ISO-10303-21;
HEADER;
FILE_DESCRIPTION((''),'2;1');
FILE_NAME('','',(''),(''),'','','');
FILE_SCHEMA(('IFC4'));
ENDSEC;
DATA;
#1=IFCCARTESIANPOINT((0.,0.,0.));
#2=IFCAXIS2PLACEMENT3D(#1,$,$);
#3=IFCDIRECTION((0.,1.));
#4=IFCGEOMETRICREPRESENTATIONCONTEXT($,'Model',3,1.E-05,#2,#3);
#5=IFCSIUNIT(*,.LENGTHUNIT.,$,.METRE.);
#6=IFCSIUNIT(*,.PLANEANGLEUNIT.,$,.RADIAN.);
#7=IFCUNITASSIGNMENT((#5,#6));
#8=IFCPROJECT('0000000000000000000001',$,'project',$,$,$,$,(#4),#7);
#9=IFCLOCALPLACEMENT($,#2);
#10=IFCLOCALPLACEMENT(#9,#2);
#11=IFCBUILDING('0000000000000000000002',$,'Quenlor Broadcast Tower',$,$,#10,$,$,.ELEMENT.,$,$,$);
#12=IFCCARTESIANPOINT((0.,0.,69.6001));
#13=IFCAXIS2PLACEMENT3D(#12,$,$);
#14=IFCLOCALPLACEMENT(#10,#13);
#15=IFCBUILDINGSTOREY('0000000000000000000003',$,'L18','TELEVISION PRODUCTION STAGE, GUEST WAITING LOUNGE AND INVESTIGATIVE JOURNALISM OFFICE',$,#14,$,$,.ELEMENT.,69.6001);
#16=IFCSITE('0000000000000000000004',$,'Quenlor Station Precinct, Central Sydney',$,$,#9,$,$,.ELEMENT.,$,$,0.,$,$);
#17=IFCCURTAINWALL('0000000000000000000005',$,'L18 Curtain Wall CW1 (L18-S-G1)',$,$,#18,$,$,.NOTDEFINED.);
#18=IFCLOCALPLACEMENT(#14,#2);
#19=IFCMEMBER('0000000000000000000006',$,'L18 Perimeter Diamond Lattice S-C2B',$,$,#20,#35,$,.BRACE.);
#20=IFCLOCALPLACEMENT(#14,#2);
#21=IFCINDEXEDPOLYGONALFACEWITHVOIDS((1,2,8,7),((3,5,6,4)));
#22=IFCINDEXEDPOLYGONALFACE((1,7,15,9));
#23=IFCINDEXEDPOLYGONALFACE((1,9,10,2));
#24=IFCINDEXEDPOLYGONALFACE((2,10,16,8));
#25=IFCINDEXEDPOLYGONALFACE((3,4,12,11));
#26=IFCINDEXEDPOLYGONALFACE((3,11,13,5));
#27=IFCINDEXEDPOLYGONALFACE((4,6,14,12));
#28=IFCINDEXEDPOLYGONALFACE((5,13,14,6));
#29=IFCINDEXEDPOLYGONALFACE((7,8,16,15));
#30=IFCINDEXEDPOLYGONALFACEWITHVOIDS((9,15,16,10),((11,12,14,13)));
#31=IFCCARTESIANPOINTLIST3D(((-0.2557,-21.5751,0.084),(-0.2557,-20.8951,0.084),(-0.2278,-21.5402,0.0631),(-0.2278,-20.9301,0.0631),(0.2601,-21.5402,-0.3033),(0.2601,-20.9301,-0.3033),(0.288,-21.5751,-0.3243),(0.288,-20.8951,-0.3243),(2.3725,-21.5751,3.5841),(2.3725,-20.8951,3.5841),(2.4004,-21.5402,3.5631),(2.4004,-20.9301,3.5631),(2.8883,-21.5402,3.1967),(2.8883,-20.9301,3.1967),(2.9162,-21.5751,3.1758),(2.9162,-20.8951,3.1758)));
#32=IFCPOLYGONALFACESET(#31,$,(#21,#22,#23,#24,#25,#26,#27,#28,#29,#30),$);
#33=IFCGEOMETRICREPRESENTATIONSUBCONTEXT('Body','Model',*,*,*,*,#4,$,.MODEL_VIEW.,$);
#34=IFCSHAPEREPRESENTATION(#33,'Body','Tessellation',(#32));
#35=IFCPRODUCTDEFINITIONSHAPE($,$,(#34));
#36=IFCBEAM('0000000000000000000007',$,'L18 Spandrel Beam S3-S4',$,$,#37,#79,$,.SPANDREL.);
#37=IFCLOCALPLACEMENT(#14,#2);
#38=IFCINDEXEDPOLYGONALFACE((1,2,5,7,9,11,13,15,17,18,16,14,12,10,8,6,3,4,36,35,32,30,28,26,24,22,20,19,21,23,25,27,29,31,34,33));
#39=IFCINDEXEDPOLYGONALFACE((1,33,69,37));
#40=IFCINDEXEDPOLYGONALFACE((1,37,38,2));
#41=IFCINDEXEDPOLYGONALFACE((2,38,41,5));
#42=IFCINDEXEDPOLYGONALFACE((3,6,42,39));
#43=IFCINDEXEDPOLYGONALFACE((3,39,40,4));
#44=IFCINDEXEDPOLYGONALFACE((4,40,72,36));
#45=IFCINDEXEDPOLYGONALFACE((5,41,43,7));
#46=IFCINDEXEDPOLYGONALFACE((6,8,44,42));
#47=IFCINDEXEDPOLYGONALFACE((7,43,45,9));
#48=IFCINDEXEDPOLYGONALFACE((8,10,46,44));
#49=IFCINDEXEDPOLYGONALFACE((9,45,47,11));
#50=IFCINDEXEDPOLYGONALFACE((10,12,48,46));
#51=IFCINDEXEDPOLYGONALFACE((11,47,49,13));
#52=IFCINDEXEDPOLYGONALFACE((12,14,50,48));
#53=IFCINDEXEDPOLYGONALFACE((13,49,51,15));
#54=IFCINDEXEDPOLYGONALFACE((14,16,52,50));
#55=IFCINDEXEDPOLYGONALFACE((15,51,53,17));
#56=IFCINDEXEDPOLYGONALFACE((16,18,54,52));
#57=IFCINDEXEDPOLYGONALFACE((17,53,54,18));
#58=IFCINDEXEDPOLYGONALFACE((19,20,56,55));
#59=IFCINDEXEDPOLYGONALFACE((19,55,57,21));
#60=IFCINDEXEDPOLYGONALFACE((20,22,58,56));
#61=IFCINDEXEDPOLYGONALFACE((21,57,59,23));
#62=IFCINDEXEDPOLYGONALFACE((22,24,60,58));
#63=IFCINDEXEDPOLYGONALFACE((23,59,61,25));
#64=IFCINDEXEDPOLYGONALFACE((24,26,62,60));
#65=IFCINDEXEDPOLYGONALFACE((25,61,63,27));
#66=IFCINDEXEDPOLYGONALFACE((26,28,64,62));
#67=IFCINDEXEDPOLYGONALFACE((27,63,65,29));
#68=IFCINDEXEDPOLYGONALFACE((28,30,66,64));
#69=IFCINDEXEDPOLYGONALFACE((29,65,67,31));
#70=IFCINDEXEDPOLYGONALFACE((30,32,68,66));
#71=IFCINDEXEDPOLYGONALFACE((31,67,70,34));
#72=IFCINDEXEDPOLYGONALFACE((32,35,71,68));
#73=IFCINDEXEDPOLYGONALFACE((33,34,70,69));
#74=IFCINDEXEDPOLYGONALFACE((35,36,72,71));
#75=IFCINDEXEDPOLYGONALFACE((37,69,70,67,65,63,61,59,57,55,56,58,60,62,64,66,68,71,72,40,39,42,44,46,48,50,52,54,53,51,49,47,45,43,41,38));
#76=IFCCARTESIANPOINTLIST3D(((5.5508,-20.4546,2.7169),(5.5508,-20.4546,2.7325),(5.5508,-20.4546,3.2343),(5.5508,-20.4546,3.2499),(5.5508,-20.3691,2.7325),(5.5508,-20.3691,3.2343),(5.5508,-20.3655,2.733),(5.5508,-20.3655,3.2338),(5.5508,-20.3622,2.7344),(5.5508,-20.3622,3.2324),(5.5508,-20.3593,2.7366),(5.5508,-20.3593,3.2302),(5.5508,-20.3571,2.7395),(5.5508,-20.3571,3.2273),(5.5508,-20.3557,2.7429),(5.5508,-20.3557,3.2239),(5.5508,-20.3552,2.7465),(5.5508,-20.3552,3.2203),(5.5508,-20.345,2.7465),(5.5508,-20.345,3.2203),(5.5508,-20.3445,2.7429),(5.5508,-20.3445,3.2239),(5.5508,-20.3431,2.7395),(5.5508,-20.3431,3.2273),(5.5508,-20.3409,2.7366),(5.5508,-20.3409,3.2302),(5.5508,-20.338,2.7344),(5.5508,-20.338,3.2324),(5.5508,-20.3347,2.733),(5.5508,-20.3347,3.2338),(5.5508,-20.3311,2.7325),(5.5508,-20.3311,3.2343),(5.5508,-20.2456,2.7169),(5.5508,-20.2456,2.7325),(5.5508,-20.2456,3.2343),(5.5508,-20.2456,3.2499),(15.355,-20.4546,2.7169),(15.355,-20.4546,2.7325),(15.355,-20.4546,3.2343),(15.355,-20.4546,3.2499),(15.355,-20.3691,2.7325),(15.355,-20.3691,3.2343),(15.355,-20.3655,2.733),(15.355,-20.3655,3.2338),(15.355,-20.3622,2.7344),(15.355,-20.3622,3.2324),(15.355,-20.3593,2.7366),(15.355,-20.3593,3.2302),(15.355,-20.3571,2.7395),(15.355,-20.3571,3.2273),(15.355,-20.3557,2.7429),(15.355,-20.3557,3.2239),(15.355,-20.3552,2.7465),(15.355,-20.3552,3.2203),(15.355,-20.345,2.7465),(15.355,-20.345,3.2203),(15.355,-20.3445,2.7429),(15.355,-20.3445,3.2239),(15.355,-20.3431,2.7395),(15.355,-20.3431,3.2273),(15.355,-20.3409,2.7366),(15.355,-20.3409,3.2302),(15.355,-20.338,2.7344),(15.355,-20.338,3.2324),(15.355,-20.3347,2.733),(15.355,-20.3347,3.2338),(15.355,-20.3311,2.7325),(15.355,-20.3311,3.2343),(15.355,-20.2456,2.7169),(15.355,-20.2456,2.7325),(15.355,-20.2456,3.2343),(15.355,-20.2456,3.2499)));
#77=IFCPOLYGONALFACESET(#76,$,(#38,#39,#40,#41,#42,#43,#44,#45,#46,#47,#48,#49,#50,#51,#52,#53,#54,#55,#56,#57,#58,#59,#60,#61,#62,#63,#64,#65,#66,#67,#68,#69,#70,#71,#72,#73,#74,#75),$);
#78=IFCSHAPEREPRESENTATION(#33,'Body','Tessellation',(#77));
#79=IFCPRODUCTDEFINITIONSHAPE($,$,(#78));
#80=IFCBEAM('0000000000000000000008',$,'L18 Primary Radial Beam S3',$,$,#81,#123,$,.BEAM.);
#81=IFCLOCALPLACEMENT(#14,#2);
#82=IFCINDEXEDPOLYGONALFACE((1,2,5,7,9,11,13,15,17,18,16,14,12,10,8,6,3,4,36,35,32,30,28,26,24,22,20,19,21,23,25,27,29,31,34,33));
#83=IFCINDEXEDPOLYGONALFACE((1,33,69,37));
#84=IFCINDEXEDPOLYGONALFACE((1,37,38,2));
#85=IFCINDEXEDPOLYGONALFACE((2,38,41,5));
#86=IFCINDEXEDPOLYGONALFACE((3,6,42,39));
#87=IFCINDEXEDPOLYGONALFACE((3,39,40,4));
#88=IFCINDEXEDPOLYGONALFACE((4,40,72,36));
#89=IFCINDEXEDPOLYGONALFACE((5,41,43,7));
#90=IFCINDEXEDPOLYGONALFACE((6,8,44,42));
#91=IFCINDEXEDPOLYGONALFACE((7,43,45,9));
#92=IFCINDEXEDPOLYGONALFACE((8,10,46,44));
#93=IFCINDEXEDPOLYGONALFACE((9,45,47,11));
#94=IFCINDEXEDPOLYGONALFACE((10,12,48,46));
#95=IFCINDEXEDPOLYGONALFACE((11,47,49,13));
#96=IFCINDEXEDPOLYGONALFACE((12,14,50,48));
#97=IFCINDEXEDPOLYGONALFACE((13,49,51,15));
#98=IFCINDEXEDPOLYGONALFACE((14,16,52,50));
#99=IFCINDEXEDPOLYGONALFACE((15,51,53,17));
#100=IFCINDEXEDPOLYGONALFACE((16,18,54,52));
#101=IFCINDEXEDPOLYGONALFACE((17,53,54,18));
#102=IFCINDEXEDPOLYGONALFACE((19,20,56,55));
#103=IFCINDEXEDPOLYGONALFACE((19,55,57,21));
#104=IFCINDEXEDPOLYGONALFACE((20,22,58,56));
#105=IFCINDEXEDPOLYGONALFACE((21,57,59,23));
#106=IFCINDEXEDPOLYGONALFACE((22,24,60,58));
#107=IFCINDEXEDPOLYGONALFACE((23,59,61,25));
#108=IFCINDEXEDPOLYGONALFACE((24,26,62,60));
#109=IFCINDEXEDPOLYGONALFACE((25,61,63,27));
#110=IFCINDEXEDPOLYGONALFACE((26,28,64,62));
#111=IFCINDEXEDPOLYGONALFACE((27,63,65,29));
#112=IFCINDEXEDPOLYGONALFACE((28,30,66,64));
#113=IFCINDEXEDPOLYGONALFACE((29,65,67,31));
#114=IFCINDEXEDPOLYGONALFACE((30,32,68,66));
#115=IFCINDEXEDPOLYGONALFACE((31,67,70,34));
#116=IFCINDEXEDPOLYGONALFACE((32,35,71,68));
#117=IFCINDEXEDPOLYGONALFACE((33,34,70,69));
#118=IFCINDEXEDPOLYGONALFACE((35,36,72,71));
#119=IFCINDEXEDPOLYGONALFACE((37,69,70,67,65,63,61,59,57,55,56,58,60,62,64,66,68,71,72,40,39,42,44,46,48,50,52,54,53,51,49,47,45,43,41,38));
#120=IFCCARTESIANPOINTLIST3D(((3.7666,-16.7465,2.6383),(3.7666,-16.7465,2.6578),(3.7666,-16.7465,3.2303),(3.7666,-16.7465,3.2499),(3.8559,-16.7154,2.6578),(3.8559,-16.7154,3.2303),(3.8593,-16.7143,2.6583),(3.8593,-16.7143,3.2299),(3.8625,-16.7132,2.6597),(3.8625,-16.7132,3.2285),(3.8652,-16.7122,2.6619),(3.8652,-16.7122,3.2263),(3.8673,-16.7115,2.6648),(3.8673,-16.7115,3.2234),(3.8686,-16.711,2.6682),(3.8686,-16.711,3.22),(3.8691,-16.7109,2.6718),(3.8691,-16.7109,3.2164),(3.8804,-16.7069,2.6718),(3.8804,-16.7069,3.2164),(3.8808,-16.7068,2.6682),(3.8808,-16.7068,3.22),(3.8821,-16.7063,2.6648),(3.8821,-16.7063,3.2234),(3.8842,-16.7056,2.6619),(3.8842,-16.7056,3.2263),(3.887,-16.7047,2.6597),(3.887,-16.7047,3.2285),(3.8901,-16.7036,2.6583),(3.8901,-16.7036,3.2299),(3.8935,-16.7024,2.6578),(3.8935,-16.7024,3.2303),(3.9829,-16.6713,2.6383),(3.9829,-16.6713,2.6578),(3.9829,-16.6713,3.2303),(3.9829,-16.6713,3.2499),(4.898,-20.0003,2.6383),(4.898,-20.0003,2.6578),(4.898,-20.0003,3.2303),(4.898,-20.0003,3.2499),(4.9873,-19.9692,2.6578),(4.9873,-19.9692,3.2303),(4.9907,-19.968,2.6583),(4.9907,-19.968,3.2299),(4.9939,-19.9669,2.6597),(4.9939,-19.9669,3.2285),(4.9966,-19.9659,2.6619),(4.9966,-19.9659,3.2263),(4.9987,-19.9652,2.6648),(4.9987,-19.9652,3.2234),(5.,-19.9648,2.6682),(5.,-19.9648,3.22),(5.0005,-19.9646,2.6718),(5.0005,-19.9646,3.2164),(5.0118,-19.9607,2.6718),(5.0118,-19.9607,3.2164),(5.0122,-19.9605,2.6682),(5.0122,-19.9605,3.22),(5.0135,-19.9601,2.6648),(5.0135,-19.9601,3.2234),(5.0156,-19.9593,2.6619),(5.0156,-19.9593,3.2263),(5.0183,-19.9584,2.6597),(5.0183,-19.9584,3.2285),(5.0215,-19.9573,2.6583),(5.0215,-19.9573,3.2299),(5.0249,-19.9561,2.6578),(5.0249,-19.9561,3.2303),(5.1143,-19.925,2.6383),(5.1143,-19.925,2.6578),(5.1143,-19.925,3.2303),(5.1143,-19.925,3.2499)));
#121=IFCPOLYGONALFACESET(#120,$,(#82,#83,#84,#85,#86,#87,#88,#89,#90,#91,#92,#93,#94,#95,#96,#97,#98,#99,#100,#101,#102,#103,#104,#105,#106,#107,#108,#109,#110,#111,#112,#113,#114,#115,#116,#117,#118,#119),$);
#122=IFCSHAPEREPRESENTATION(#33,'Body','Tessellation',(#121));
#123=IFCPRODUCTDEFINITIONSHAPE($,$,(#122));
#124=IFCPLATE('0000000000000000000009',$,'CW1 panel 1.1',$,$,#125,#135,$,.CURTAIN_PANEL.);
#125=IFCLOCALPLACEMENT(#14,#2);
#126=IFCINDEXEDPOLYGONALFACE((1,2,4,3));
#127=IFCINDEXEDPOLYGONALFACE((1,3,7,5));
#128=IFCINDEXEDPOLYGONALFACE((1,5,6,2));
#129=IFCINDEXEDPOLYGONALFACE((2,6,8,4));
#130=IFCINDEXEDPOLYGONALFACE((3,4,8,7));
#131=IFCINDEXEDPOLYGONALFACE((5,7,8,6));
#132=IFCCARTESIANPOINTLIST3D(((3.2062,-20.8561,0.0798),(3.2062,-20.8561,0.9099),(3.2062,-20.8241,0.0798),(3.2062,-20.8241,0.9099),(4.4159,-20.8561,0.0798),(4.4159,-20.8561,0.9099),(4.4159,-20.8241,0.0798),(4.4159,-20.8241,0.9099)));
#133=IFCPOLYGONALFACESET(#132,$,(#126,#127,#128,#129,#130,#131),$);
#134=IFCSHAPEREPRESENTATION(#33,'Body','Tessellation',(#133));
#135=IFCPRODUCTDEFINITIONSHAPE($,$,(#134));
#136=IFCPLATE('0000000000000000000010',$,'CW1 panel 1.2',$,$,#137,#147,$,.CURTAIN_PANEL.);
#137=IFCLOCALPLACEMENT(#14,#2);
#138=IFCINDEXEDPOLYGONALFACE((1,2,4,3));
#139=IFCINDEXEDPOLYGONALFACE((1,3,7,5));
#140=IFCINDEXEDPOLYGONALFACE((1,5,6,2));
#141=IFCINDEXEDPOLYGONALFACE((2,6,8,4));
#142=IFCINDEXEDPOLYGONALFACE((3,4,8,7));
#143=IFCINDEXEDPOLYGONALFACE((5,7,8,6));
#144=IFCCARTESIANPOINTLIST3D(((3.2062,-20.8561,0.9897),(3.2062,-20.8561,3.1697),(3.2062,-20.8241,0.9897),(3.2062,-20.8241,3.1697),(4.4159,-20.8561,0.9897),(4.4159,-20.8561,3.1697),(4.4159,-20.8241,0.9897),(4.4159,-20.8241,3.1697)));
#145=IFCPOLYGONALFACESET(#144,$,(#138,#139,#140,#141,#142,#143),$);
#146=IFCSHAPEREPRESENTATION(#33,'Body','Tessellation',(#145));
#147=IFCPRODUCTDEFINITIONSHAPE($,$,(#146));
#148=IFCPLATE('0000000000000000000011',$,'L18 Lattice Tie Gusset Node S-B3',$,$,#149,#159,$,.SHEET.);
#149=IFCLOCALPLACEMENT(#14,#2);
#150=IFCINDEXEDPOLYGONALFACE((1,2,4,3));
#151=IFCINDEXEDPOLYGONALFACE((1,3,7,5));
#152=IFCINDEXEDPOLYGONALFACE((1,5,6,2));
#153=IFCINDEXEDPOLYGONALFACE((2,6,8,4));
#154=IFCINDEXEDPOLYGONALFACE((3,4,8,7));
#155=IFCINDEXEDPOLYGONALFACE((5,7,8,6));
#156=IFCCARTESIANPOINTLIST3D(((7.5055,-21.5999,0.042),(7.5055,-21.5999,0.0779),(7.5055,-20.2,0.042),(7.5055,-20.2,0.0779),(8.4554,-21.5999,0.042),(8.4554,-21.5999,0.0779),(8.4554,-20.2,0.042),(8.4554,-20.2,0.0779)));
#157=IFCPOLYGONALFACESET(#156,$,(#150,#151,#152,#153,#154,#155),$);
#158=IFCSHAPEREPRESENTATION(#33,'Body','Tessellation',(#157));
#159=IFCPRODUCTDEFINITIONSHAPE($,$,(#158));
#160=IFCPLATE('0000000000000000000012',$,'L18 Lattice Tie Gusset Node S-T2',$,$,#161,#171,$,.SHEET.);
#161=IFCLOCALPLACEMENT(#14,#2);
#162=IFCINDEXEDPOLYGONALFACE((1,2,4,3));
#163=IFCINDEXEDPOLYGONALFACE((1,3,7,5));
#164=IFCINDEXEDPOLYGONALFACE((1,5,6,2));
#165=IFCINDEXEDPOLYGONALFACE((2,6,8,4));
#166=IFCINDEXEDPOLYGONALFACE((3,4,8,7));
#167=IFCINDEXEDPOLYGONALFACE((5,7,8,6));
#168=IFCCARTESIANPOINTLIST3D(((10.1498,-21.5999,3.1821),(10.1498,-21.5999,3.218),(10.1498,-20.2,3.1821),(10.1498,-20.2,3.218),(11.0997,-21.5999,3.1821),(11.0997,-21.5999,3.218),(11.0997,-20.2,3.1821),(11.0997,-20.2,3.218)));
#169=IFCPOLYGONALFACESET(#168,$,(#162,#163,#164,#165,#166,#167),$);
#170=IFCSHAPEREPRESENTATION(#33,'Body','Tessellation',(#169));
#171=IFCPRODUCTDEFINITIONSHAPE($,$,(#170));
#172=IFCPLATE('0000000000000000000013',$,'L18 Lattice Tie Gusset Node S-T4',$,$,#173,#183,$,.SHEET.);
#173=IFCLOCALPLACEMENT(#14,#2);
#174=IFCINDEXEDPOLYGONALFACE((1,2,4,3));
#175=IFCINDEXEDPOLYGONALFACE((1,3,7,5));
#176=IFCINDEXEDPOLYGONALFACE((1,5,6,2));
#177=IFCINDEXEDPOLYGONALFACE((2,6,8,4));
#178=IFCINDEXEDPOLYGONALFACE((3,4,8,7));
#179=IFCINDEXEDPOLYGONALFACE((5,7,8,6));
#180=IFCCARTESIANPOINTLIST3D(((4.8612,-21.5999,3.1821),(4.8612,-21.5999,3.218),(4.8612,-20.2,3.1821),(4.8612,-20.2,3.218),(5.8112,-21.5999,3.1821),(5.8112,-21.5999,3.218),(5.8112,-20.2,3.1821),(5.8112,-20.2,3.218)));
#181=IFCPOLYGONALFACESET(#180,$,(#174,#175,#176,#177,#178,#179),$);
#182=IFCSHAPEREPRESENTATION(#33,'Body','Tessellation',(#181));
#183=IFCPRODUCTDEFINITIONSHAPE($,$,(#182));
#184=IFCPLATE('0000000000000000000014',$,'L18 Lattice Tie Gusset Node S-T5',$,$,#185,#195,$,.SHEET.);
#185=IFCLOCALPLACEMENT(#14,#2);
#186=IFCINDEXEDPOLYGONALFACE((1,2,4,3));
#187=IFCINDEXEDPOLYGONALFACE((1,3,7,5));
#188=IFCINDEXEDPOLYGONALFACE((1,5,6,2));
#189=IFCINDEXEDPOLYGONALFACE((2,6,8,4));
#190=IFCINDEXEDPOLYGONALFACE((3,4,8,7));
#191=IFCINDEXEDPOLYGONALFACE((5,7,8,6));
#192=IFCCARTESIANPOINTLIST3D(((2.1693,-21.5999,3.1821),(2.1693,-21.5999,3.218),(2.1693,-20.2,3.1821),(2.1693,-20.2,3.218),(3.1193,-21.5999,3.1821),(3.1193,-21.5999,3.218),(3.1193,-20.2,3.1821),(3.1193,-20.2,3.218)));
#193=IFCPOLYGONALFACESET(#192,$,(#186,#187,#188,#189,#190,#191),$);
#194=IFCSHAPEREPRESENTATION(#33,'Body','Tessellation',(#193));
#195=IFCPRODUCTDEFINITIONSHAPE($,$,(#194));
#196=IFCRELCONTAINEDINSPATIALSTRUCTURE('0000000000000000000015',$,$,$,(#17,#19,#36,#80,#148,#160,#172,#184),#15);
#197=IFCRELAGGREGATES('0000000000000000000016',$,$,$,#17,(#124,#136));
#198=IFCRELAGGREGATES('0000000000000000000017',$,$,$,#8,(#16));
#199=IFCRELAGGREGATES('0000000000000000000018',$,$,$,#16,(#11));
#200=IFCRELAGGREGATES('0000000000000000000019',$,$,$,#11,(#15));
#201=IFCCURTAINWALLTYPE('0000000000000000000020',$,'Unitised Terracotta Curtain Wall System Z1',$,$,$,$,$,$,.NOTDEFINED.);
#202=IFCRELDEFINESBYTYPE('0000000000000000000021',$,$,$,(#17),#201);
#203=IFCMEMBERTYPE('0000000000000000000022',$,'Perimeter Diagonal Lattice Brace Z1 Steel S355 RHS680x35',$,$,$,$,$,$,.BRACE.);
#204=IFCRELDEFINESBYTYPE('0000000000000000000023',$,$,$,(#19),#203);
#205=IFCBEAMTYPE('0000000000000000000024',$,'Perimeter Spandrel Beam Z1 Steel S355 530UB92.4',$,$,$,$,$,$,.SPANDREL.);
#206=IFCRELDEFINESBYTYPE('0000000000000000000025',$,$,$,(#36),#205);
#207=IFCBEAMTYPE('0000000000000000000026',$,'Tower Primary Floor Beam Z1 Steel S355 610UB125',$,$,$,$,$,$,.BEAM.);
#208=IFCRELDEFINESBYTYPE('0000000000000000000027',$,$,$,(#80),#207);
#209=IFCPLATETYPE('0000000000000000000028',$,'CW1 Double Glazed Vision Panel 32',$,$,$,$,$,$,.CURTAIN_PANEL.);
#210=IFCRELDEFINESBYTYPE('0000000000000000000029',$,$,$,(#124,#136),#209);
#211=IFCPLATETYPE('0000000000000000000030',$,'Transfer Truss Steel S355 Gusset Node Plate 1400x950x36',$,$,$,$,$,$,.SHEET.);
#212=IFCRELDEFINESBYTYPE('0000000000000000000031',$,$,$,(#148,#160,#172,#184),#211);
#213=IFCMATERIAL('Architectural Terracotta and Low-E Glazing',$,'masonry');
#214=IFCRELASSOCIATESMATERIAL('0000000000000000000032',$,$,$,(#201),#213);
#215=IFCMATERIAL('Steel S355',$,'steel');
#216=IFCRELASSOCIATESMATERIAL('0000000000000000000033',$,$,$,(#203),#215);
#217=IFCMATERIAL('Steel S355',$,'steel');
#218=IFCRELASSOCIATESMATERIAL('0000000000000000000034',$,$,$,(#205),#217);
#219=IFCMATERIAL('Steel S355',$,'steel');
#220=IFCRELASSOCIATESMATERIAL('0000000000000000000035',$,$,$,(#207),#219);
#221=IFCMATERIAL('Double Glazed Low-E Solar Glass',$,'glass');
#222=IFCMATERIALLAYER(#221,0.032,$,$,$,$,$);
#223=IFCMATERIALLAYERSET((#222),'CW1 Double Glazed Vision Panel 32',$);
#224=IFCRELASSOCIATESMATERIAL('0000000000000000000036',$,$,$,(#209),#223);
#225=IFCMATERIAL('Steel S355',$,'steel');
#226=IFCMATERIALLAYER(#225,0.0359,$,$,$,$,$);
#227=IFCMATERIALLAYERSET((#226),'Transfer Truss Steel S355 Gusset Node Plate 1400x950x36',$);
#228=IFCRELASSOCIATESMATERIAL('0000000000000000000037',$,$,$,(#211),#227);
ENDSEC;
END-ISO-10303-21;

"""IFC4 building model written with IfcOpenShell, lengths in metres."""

from ifc_helpers import new_model, si_unit, direction, frame, origin, origin_2d, place, context, subcontext, project, spatial, rectangle, hollow_rectangle, i_section, extrude, material, layer, layer_set, material_profile, profile_set, type_object, element, aggregate, save


model = new_model("IFC4")

# Units and contexts
model_context = context("Model", 3, precision=1e-05, world=origin(), true_north=direction((0.0, 1.0)))
body_context = subcontext(model_context, "Body", "Model", "MODEL_VIEW")
ifc_project = project(units=[si_unit("LENGTHUNIT", "METRE"), si_unit("PLANEANGLEUNIT", "RADIAN")], contexts=[model_context])

# Site, building, storey
site_placement = place(None, origin())
site = spatial("IfcSite", under=ifc_project, at=site_placement, Name="Quenlor Station Precinct, Central Sydney", CompositionType="ELEMENT", RefElevation=0.0)
building_placement = place(site_placement, origin())
building = spatial("IfcBuilding", under=site, at=building_placement, Name="Quenlor Broadcast Tower", CompositionType="ELEMENT")
storey_placement = place(building_placement, frame((0.0, 0.0, 69.6001)))
storey = spatial("IfcBuildingStorey", under=building, at=storey_placement, Name="L18", Description="TELEVISION PRODUCTION STAGE, GUEST WAITING LOUNGE AND INVESTIGATIVE JOURNALISM OFFICE", CompositionType="ELEMENT", Elevation=69.6001)

# Curtain wall
ifc_material_1 = material(Name="Architectural Terracotta and Low-E Glazing", Category="masonry")
curtain_wall_type = type_object("IfcCurtainWallType", Name="Unitised Terracotta Curtain Wall System Z1", PredefinedType="NOTDEFINED", material=ifc_material_1)
curtain_wall_placement = place(storey_placement, origin())
curtain_wall = element("IfcCurtainWall", 1, at=curtain_wall_placement, inside=storey, type_object=curtain_wall_type, Name="L18 Curtain Wall CW1 (L18-S-G1)", PredefinedType="NOTDEFINED")

# Member
ifc_material_2 = material(Name="Steel S355", Category="steel")
ifc_material_profile_1 = material_profile(ifc_material_2, hollow_rectangle(XDim=0.6799, YDim=0.6799, WallThickness=0.0349, at=origin_2d()))
ifc_profile_set_1 = profile_set([ifc_material_profile_1], Name="Steel S355 RHS680x680x35")
member_type_1 = type_object("IfcMemberType", Name="Perimeter Diagonal Lattice Brace Z1 Steel S355 RHS680x35", PredefinedType="BRACE", material=ifc_profile_set_1)
for number, where, z_axis, x_axis, name in (
    (2, (0.0161, -21.2351, -0.1201), (0.600464, 0.0, 0.799652), (0.0, 1.0, 0.0), "L18 Perimeter Diamond Lattice S-C2B"),
):
    element("IfcMember", number, at=place(storey_placement, frame(where, z_axis=z_axis, x_axis=x_axis)), inside=storey, type_object=member_type_1, Name=name, PredefinedType="BRACE", context=body_context, shape_type="SweptSolid", body=[
        extrude(hollow_rectangle(XDim=0.6799, YDim=0.6799, WallThickness=0.0349, at=origin_2d()), origin(), (0.0, 0.0, 1.0), 4.377),
    ])

# Beams
ifc_material_3 = material(Name="Steel S355", Category="steel")
ifc_material_profile_2 = material_profile(ifc_material_3, i_section(OverallWidth=0.209, OverallDepth=0.533, WebThickness=0.0103, FlangeThickness=0.0156, FilletRadius=0.0139, at=origin_2d()))
ifc_profile_set_2 = profile_set([ifc_material_profile_2], Name="Steel S355 530UB92.4")
beam_type_1 = type_object("IfcBeamType", Name="Perimeter Spandrel Beam Z1 Steel S355 530UB92.4", PredefinedType="SPANDREL", material=ifc_profile_set_2)
beam_1_placement = place(storey_placement, frame((5.5508, -20.3501, 2.9834), z_axis=(1.0, 0.0, 0.0), x_axis=(0.0, 1.0, 0.0)))
element("IfcBeam", 3, at=beam_1_placement, inside=storey, type_object=beam_type_1, Name="L18 Spandrel Beam S3-S4", PredefinedType="SPANDREL", context=body_context, shape_type="SweptSolid", body=[
    extrude(i_section(OverallWidth=0.209, OverallDepth=0.533, WebThickness=0.0103, FlangeThickness=0.0156, FilletRadius=0.0139, at=origin_2d()), origin(), (0.0, 0.0, 1.0), 9.8042),
])
ifc_material_4 = material(Name="Steel S355", Category="steel")
ifc_material_profile_3 = material_profile(ifc_material_4, i_section(OverallWidth=0.229, OverallDepth=0.6116, WebThickness=0.012, FlangeThickness=0.0195, FilletRadius=0.0139, at=origin_2d()))
ifc_profile_set_3 = profile_set([ifc_material_profile_3], Name="Steel S355 610UB125")
beam_type_2 = type_object("IfcBeamType", Name="Tower Primary Floor Beam Z1 Steel S355 610UB125", PredefinedType="BEAM", material=ifc_profile_set_3)
beam_2_placement = place(storey_placement, frame((5.0061, -19.9626, 2.9441), z_axis=(-0.328427, 0.944529, 0.0), x_axis=(-0.944529, -0.328427, 0.0)))
element("IfcBeam", 4, at=beam_2_placement, inside=storey, type_object=beam_type_2, Name="L18 Primary Radial Beam S3", PredefinedType="BEAM", context=body_context, shape_type="SweptSolid", body=[
    extrude(i_section(OverallWidth=0.229, OverallDepth=0.6116, WebThickness=0.012, FlangeThickness=0.0195, FilletRadius=0.0139, at=origin_2d()), origin(), (0.0, 0.0, 1.0), 3.4448),
])

# Plates
ifc_material_5 = material(Name="Double Glazed Low-E Solar Glass", Category="glass")
ifc_layer_1 = layer(ifc_material_5, 0.032)
ifc_layer_set_1 = layer_set([ifc_layer_1], Name="CW1 Double Glazed Vision Panel 32")
plate_type_1 = type_object("IfcPlateType", Name="CW1 Double Glazed Vision Panel 32", PredefinedType="CURTAIN_PANEL", material=ifc_layer_set_1)
plate_1_placement = place(storey_placement, frame((3.811, -20.8401, 0.0798), z_axis=(0.0, 0.0, 1.0), x_axis=(-1.0, 0.0, 0.0)))
plate_1 = element("IfcPlate", 5, at=plate_1_placement, type_object=plate_type_1, Name="CW1 panel 1.1", PredefinedType="CURTAIN_PANEL", context=body_context, shape_type="SweptSolid", body=[
    extrude(rectangle(XDim=1.2097, YDim=0.032, at=origin_2d()), origin(), (0.0, 0.0, 1.0), 0.8301),
])
plate_2_placement = place(storey_placement, frame((3.811, -20.8401, 0.9897), z_axis=(0.0, 0.0, 1.0), x_axis=(-1.0, 0.0, 0.0)))
plate_2 = element("IfcPlate", 6, at=plate_2_placement, type_object=plate_type_1, Name="CW1 panel 1.2", PredefinedType="CURTAIN_PANEL", context=body_context, shape_type="SweptSolid", body=[
    extrude(rectangle(XDim=1.2097, YDim=0.032, at=origin_2d()), origin(), (0.0, 0.0, 1.0), 2.1799),
])
aggregate(curtain_wall, [plate_1, plate_2])

# Plates
ifc_material_6 = material(Name="Steel S355", Category="steel")
ifc_layer_2 = layer(ifc_material_6, 0.0359)
ifc_layer_set_2 = layer_set([ifc_layer_2], Name="Transfer Truss Steel S355 Gusset Node Plate 1400x950x36")
plate_type_2 = type_object("IfcPlateType", Name="Transfer Truss Steel S355 Gusset Node Plate 1400x950x36", PredefinedType="SHEET", material=ifc_layer_set_2)
for number, where, z_axis, x_axis, name in (
    (7, (7.9805, -20.8999, 0.042), (0.0, 0.0, 1.0), (0.0, -1.0, 0.0), "L18 Lattice Tie Gusset Node S-B3"),
    (8, (10.6248, -20.8999, 3.1821), (0.0, 0.0, 1.0), (0.0, -1.0, 0.0), "L18 Lattice Tie Gusset Node S-T2"),
    (9, (5.3362, -20.8999, 3.1821), (0.0, 0.0, 1.0), (0.0, -1.0, 0.0), "L18 Lattice Tie Gusset Node S-T4"),
    (10, (2.6443, -20.8999, 3.1821), (0.0, 0.0, 1.0), (0.0, -1.0, 0.0), "L18 Lattice Tie Gusset Node S-T5"),
):
    element("IfcPlate", number, at=place(storey_placement, frame(where, z_axis=z_axis, x_axis=x_axis)), inside=storey, type_object=plate_type_2, Name=name, PredefinedType="SHEET", context=body_context, shape_type="SweptSolid", body=[
        extrude(rectangle(XDim=1.3999, YDim=0.95, at=origin_2d()), origin(), (0.0, 0.0, 1.0), 0.0359),
    ])

save(model, "model.ifc")
